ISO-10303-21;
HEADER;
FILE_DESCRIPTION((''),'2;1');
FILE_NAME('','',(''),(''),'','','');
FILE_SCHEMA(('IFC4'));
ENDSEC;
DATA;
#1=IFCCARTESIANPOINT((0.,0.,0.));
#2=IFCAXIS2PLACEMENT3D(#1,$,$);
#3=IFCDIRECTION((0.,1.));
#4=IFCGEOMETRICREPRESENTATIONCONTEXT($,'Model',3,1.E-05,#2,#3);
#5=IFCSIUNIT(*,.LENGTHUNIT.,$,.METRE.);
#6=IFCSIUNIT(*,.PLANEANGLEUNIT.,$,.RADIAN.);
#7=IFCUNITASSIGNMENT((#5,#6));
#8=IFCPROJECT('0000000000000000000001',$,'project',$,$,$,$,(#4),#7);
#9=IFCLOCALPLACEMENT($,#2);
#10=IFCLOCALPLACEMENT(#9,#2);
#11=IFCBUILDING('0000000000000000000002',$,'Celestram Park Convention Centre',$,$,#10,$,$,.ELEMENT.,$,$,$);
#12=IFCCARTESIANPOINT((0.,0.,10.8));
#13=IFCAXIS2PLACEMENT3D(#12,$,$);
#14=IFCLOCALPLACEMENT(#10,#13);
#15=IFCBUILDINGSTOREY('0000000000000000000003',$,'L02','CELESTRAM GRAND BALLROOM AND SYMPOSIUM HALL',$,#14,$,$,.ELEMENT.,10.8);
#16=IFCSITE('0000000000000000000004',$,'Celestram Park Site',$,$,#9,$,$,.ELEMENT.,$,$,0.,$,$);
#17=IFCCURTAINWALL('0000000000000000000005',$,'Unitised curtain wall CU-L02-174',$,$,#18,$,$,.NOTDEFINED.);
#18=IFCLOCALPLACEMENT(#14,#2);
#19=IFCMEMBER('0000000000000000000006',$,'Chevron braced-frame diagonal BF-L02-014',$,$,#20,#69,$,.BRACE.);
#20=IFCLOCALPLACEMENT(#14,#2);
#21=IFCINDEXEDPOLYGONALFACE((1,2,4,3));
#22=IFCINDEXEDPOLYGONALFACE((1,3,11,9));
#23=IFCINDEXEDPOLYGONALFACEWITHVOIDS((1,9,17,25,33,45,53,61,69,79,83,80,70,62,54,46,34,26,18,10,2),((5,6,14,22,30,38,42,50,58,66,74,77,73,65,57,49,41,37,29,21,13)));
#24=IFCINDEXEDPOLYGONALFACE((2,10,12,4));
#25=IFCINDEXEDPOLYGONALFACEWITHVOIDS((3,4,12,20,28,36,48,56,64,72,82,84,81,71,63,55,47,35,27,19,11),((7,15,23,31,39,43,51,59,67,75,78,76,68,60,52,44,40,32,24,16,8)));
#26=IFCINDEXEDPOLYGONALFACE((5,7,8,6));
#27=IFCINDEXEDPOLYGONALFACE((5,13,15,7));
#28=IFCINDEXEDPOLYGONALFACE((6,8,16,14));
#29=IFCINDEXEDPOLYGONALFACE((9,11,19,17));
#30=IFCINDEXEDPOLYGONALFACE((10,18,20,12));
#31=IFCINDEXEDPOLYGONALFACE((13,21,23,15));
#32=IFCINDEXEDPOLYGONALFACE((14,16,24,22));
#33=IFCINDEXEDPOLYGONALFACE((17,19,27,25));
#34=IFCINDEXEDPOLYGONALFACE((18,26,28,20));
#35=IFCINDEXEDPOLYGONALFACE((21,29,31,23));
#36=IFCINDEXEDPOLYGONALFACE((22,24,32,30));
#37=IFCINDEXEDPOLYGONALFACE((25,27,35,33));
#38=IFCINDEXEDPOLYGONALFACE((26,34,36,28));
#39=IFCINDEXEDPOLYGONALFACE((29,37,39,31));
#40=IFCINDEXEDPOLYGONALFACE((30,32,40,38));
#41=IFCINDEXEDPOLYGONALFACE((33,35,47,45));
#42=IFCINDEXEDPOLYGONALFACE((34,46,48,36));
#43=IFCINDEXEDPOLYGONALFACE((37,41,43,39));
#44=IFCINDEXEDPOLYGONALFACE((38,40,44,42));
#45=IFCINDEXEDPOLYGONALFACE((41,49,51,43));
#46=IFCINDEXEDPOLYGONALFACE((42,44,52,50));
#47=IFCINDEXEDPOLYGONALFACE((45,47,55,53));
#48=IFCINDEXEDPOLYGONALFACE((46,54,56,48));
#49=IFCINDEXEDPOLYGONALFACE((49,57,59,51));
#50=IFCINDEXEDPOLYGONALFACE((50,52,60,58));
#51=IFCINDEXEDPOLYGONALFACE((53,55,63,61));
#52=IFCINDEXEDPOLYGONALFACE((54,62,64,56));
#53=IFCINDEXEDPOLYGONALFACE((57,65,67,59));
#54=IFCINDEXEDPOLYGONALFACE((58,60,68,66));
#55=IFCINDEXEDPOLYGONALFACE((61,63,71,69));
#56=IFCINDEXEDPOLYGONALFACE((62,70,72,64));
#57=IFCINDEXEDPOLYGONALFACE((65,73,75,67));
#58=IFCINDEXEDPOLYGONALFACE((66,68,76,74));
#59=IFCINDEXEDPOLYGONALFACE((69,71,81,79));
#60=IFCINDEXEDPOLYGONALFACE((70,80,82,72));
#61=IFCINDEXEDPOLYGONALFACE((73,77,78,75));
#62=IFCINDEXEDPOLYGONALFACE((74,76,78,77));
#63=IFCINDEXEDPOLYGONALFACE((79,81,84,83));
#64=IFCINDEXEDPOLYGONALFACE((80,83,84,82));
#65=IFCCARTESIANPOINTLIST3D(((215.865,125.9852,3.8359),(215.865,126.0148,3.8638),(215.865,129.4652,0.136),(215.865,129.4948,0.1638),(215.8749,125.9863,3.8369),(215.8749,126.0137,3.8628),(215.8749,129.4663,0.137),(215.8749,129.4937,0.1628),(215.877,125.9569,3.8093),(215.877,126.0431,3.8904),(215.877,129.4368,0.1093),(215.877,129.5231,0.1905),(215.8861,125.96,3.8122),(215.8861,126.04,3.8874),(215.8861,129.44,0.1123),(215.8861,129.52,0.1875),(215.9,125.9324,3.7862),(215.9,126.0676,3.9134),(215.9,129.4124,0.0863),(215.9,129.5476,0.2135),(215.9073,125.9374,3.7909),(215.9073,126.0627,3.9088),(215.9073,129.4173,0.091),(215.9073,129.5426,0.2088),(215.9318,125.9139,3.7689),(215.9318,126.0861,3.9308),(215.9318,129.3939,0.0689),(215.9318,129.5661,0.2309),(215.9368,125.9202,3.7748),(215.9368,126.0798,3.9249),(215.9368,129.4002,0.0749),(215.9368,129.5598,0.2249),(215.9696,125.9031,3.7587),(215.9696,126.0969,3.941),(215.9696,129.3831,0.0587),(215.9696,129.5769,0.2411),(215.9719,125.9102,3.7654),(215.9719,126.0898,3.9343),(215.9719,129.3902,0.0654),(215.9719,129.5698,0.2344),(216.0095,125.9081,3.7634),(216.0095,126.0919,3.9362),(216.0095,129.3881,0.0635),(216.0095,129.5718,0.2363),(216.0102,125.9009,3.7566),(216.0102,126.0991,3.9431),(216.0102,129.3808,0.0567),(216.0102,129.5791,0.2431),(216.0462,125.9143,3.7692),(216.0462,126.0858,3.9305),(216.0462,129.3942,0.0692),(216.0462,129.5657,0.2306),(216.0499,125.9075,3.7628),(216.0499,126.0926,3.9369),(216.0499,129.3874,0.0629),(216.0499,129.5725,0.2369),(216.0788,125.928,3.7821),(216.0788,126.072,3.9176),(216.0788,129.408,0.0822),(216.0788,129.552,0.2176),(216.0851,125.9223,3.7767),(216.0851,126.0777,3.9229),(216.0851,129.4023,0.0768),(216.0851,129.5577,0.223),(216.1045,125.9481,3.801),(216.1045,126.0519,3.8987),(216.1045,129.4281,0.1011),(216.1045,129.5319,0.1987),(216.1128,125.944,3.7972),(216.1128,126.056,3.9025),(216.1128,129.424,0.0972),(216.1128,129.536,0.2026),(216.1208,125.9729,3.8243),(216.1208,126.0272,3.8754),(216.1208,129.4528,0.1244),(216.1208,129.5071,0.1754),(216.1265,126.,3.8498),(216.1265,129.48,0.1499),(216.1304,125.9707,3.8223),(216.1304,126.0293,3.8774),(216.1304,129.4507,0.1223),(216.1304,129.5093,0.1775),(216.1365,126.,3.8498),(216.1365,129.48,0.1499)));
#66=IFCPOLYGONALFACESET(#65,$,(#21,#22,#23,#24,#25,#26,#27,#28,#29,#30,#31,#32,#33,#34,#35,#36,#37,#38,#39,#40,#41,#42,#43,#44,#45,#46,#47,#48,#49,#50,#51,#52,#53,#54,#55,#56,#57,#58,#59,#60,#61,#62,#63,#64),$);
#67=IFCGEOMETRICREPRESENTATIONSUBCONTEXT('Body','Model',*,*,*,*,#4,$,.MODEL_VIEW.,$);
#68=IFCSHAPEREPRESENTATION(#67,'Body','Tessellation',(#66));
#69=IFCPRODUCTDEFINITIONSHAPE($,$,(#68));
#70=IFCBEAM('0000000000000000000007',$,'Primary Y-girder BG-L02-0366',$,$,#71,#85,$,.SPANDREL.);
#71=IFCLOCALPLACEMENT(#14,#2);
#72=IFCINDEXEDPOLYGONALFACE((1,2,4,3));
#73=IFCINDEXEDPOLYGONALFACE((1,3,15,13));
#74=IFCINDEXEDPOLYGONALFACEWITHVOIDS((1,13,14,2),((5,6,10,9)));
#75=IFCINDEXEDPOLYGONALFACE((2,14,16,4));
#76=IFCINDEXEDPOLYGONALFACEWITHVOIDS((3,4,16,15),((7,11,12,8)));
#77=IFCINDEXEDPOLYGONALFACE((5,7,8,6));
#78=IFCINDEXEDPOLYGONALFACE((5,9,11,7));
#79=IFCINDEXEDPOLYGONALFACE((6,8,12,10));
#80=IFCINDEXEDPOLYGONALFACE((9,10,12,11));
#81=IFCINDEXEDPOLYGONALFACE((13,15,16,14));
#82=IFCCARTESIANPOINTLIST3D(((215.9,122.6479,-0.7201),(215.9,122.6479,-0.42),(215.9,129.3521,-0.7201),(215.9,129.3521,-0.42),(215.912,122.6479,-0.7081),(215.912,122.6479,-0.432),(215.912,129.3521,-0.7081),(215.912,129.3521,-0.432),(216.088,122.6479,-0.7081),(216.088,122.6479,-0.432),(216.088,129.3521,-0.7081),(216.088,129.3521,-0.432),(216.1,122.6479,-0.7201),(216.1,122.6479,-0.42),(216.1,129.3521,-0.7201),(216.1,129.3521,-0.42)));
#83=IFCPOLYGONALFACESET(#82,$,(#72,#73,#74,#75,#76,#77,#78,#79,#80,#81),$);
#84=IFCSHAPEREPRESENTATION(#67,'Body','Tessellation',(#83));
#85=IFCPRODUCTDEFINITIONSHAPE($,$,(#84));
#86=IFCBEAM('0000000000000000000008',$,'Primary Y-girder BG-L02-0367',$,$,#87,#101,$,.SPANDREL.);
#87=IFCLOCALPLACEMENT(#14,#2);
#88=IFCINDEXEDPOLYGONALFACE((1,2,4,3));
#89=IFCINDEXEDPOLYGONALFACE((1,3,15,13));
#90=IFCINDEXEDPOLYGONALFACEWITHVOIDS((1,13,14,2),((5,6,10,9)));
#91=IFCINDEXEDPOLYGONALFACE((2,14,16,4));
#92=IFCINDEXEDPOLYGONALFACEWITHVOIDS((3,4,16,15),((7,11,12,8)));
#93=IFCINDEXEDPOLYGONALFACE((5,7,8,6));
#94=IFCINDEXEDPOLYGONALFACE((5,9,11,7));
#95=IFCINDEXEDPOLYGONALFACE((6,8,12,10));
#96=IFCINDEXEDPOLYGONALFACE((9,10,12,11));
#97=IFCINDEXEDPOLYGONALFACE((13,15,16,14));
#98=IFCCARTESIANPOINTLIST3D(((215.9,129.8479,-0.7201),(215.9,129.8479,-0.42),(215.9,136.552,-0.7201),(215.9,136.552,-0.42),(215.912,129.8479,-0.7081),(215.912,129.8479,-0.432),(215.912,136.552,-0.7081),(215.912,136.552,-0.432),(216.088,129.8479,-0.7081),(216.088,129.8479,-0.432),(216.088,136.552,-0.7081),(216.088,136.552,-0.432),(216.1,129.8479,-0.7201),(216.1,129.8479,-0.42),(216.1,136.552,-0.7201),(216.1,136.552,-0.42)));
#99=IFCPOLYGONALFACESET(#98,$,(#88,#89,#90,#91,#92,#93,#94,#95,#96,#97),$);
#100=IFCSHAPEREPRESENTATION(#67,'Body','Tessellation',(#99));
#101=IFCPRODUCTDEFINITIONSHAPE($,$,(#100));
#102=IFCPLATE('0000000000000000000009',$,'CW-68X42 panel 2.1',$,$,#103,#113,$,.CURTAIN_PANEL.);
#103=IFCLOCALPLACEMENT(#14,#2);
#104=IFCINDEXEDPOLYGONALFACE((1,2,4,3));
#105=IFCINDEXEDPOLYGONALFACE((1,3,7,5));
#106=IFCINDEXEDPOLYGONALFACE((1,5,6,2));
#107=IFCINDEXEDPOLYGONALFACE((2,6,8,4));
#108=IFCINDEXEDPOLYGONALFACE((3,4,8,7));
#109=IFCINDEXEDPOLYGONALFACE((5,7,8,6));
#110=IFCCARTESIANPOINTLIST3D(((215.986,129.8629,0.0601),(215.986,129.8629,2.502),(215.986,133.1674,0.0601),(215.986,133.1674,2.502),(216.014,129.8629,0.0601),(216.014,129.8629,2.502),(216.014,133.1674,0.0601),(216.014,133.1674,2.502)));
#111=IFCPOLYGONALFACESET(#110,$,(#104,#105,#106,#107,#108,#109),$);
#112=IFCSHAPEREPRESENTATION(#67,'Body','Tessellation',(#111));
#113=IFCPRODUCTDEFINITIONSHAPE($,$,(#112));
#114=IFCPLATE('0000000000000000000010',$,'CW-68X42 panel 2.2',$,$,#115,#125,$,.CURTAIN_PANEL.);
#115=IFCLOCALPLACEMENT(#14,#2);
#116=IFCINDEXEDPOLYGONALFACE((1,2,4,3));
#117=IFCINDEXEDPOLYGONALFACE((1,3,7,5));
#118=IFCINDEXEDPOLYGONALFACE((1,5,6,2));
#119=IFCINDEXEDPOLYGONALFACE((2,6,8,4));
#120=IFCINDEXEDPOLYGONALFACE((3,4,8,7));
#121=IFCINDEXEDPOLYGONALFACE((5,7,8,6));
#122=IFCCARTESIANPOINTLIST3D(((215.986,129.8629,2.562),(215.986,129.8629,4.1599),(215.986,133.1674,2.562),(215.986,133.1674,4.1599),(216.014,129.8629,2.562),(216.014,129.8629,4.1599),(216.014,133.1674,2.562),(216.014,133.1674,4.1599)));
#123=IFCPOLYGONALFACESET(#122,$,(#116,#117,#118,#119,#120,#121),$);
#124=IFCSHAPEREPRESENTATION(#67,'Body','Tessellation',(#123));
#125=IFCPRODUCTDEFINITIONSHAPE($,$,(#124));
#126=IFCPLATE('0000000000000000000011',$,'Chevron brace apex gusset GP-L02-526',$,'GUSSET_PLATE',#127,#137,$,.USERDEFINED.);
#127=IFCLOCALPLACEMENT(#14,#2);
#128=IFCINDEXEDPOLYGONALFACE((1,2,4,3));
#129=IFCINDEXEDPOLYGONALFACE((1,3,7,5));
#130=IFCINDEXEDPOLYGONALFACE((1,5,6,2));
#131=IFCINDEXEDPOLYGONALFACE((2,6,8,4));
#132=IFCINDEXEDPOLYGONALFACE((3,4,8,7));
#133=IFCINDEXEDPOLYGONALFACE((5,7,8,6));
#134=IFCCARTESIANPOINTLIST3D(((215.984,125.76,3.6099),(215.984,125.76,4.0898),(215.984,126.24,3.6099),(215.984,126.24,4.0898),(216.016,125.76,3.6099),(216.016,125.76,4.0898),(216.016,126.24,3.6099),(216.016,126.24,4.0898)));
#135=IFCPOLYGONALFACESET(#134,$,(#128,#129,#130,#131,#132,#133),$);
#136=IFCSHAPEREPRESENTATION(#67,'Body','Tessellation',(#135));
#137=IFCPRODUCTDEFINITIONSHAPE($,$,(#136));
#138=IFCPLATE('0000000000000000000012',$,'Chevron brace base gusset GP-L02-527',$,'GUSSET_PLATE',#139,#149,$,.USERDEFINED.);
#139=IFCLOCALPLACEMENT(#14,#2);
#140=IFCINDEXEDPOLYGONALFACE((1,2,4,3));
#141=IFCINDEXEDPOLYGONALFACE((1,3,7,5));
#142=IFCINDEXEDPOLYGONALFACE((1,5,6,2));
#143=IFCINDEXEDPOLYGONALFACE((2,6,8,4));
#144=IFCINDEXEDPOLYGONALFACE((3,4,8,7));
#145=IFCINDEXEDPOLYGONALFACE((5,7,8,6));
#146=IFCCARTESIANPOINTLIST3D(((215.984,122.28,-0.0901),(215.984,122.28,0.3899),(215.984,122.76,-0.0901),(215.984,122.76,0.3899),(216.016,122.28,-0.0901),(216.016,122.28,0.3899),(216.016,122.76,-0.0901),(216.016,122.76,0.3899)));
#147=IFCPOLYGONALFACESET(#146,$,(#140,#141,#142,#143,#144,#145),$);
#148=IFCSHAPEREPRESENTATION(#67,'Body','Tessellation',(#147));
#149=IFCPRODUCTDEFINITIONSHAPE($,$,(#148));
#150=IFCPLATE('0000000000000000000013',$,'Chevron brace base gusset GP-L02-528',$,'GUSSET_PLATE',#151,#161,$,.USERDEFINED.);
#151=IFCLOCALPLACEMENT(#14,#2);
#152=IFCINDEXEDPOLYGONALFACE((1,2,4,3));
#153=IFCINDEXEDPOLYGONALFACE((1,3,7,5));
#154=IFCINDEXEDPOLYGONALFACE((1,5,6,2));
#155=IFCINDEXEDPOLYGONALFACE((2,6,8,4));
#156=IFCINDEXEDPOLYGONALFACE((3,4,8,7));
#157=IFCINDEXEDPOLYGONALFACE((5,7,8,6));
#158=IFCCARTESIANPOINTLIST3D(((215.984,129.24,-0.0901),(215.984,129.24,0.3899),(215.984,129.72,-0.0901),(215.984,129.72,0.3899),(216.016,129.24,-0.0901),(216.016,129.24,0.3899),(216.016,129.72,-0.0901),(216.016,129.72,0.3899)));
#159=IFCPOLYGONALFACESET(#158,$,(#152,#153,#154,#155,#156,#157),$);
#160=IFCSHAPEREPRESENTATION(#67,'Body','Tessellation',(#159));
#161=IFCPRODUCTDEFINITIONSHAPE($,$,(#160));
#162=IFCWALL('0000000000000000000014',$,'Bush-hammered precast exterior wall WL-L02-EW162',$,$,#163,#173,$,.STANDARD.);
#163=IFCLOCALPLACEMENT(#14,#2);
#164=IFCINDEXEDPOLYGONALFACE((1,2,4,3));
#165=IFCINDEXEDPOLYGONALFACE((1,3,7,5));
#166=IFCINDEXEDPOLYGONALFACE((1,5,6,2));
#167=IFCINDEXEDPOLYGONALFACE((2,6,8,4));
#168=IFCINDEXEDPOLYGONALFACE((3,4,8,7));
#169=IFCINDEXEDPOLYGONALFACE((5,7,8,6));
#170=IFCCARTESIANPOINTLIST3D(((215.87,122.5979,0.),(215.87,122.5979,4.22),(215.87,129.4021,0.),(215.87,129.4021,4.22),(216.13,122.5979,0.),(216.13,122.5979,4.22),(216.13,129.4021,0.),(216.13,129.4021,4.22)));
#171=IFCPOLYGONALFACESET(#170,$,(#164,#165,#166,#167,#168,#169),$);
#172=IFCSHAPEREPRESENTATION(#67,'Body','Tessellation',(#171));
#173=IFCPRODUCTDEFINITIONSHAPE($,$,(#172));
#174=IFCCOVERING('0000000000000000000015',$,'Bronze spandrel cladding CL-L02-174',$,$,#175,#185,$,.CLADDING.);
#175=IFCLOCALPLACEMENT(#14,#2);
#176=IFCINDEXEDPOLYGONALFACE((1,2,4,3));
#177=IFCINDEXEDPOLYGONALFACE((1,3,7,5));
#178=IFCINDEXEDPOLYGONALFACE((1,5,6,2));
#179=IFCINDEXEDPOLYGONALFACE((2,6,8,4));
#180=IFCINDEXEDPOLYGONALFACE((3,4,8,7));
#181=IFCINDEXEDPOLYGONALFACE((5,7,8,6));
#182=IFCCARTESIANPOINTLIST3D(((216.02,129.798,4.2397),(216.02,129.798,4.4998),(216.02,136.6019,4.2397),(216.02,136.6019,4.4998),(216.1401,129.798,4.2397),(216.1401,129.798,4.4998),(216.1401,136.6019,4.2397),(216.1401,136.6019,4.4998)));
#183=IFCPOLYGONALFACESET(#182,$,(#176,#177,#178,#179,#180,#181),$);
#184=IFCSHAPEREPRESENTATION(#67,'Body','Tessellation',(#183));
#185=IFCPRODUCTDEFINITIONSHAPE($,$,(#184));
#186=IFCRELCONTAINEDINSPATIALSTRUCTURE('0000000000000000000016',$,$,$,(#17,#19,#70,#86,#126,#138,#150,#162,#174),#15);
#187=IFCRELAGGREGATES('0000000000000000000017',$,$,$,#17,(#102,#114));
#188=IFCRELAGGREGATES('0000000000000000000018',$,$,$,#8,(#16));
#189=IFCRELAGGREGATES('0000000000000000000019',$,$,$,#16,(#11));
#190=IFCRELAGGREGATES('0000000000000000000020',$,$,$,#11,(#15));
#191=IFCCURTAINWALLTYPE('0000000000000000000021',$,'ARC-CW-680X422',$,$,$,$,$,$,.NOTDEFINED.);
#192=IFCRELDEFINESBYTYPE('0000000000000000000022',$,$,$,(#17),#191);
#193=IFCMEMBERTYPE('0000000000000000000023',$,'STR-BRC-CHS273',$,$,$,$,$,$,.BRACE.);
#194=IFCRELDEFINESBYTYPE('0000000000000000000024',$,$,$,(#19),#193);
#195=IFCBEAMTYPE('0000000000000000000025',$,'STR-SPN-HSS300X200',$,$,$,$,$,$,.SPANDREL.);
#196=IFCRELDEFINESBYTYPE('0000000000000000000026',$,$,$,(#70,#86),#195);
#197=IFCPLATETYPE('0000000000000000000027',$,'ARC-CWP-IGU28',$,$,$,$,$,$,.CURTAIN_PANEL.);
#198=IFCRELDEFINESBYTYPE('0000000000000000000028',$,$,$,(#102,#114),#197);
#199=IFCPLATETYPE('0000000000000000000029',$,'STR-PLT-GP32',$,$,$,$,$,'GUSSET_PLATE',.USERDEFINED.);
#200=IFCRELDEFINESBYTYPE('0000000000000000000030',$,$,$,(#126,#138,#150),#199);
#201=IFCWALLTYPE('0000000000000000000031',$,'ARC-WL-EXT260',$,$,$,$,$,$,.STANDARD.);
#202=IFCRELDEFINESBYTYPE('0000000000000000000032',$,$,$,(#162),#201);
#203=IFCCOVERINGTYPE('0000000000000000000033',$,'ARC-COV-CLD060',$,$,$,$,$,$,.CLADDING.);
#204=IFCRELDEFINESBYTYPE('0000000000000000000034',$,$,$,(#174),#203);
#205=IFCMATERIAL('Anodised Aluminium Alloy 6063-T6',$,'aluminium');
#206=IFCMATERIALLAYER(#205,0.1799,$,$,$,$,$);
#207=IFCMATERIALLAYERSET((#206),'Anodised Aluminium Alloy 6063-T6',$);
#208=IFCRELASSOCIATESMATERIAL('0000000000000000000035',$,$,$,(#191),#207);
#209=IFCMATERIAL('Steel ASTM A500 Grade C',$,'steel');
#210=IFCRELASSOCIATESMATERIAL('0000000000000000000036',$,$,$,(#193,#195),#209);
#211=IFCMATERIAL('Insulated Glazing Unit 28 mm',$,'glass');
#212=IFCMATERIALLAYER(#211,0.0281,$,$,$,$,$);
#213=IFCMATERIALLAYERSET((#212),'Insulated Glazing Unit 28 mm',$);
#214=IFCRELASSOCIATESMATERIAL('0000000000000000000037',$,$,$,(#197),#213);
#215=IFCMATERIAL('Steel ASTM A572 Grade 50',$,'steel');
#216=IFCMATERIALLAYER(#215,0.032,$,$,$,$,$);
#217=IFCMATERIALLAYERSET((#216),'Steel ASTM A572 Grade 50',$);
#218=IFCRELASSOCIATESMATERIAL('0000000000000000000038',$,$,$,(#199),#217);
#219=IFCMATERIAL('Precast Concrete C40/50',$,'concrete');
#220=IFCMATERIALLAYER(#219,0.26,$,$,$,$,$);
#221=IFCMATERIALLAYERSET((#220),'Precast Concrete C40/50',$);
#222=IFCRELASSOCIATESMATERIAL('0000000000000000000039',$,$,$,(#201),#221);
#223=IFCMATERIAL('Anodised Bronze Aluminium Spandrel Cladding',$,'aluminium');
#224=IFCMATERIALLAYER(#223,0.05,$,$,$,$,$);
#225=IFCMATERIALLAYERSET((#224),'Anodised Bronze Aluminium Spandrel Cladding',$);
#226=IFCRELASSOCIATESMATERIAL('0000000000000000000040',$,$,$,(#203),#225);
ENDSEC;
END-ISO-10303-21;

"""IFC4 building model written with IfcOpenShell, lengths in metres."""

from ifc_helpers import new_model, si_unit, direction, frame, frame_2d, origin, origin_2d, place, context, subcontext, project, spatial, rectangle, hollow_rectangle, hollow_circle, extrude, material, layer, layer_set, material_profile, profile_set, type_object, element, aggregate, save


model = new_model("IFC4")

# Units and contexts
model_context = context("Model", 3, precision=1e-05, world=origin(), true_north=direction((0.0, 1.0)))
body_context = subcontext(model_context, "Body", "Model", "MODEL_VIEW")
ifc_project = project(units=[si_unit("LENGTHUNIT", "METRE"), si_unit("PLANEANGLEUNIT", "RADIAN")], contexts=[model_context])

# Site, building, storey
site_placement = place(None, origin())
site = spatial("IfcSite", under=ifc_project, at=site_placement, Name="Celestram Park Site", CompositionType="ELEMENT", RefElevation=0.0)
building_placement = place(site_placement, origin())
building = spatial("IfcBuilding", under=site, at=building_placement, Name="Celestram Park Convention Centre", CompositionType="ELEMENT")
storey_placement = place(building_placement, frame((0.0, 0.0, 10.8)))
storey = spatial("IfcBuildingStorey", under=building, at=storey_placement, Name="L02", Description="CELESTRAM GRAND BALLROOM AND SYMPOSIUM HALL", CompositionType="ELEMENT", Elevation=10.8)

# Shared definitions
ifc_material_1 = material(Name="Steel ASTM A500 Grade C", Category="steel")

# Curtain wall
ifc_material_2 = material(Name="Anodised Aluminium Alloy 6063-T6", Category="aluminium")
ifc_layer_1 = layer(ifc_material_2, 0.1799)
ifc_layer_set_1 = layer_set([ifc_layer_1], Name="Anodised Aluminium Alloy 6063-T6")
curtain_wall_type = type_object("IfcCurtainWallType", Name="ARC-CW-680X422", PredefinedType="NOTDEFINED", material=ifc_layer_set_1)
curtain_wall_placement = place(storey_placement, origin())
curtain_wall = element("IfcCurtainWall", 1, at=curtain_wall_placement, inside=storey, type_object=curtain_wall_type, Name="Unitised curtain wall CU-L02-174", PredefinedType="NOTDEFINED")

# Member
ifc_material_profile_1 = material_profile(ifc_material_1, hollow_circle(Radius=0.1365, WallThickness=0.01, at=origin_2d()), Name="CHS273X10")
ifc_profile_set_1 = profile_set([ifc_material_profile_1], Name="Steel ASTM A500 Grade C")
member_type_1 = type_object("IfcMemberType", Name="STR-BRC-CHS273", PredefinedType="BRACE", material=ifc_profile_set_1)
for number, where, z_axis, x_axis, name in (
    (2, (216.0, 129.48, 0.1499), (0.0, -0.685122, 0.728429), (1.0, 0.0, 0.0), "Chevron braced-frame diagonal BF-L02-014"),
):
    element("IfcMember", number, at=place(storey_placement, frame(where, z_axis=z_axis, x_axis=x_axis)), inside=storey, type_object=member_type_1, Name=name, PredefinedType="BRACE", context=body_context, shape_type="SweptSolid", body=[
        extrude(hollow_circle(Radius=0.1365, WallThickness=0.01, at=origin_2d()), origin(), (0.0, 0.0, 1.0), 5.0793),
    ])

# Beams
ifc_material_profile_2 = material_profile(ifc_material_1, hollow_rectangle(XDim=0.2, YDim=0.3, WallThickness=0.012, at=origin_2d()), Name="HSS300X200X12")
ifc_profile_set_2 = profile_set([ifc_material_profile_2], Name="Steel ASTM A500 Grade C")
beam_type = type_object("IfcBeamType", Name="STR-SPN-HSS300X200", PredefinedType="SPANDREL", material=ifc_profile_set_2)
for number, where, z_axis, x_axis, name in (
    (3, (216.0, 122.6479, -0.5701), (0.0, 1.0, 0.0), (-1.0, 0.0, 0.0), "Primary Y-girder BG-L02-0366"),
    (4, (216.0, 129.8479, -0.5701), (0.0, 1.0, 0.0), (-1.0, 0.0, 0.0), "Primary Y-girder BG-L02-0367"),
):
    element("IfcBeam", number, at=place(storey_placement, frame(where, z_axis=z_axis, x_axis=x_axis)), inside=storey, type_object=beam_type, Name=name, PredefinedType="SPANDREL", context=body_context, shape_type="SweptSolid", body=[
        extrude(hollow_rectangle(XDim=0.2, YDim=0.3, WallThickness=0.012, at=origin_2d()), origin(), (0.0, 0.0, 1.0), 6.7041),
    ])

# Plates
ifc_material_3 = material(Name="Insulated Glazing Unit 28 mm", Category="glass")
ifc_layer_2 = layer(ifc_material_3, 0.0281)
ifc_layer_set_2 = layer_set([ifc_layer_2], Name="Insulated Glazing Unit 28 mm")
plate_type_1 = type_object("IfcPlateType", Name="ARC-CWP-IGU28", PredefinedType="CURTAIN_PANEL", material=ifc_layer_set_2)
plate_1_placement = place(storey_placement, frame((216.0, 131.5151, 0.0601), z_axis=(0.0, 0.0, 1.0), x_axis=(0.0, -1.0, 0.0)))
plate_1 = element("IfcPlate", 5, at=plate_1_placement, type_object=plate_type_1, Name="CW-68X42 panel 2.1", PredefinedType="CURTAIN_PANEL", context=body_context, shape_type="SweptSolid", body=[
    extrude(rectangle(XDim=3.3044, YDim=0.0281, at=origin_2d()), origin(), (0.0, 0.0, 1.0), 2.4419),
])
plate_2_placement = place(storey_placement, frame((216.0, 131.5151, 2.562), z_axis=(0.0, 0.0, 1.0), x_axis=(0.0, -1.0, 0.0)))
plate_2 = element("IfcPlate", 6, at=plate_2_placement, type_object=plate_type_1, Name="CW-68X42 panel 2.2", PredefinedType="CURTAIN_PANEL", context=body_context, shape_type="SweptSolid", body=[
    extrude(rectangle(XDim=3.3044, YDim=0.0281, at=origin_2d()), origin(), (0.0, 0.0, 1.0), 1.5979),
])
aggregate(curtain_wall, [plate_1, plate_2])

# Plates
ifc_material_4 = material(Name="Steel ASTM A572 Grade 50", Category="steel")
ifc_layer_3 = layer(ifc_material_4, 0.032)
ifc_layer_set_3 = layer_set([ifc_layer_3], Name="Steel ASTM A572 Grade 50")
plate_type_2 = type_object("IfcPlateType", Name="STR-PLT-GP32", ElementType="GUSSET_PLATE", PredefinedType="USERDEFINED", material=ifc_layer_set_3)
for number, where, z_axis, x_axis, name in (
    (7, (216.0, 126.0, 3.6099), (0.0, 0.0, 1.0), (0.0, 1.0, 0.0), "Chevron brace apex gusset GP-L02-526"),
    (8, (216.0, 122.52, -0.0901), (0.0, 0.0, 1.0), (0.0, 1.0, 0.0), "Chevron brace base gusset GP-L02-527"),
    (9, (216.0, 129.48, -0.0901), (0.0, 0.0, 1.0), (0.0, 1.0, 0.0), "Chevron brace base gusset GP-L02-528"),
):
    element("IfcPlate", number, at=place(storey_placement, frame(where, z_axis=z_axis, x_axis=x_axis)), inside=storey, type_object=plate_type_2, Name=name, ObjectType="GUSSET_PLATE", PredefinedType="USERDEFINED", context=body_context, shape_type="SweptSolid", body=[
        extrude(rectangle(XDim=0.48, YDim=0.032, at=origin_2d()), origin(), (0.0, 0.0, 1.0), 0.48),
    ])

# Wall
ifc_material_5 = material(Name="Precast Concrete C40/50", Category="concrete")
ifc_layer_4 = layer(ifc_material_5, 0.26)
ifc_layer_set_4 = layer_set([ifc_layer_4], Name="Precast Concrete C40/50")
wall_type = type_object("IfcWallType", Name="ARC-WL-EXT260", PredefinedType="STANDARD", material=ifc_layer_set_4)
wall_placement = place(storey_placement, frame((216.0, 129.4021, 0.0), z_axis=(0.0, 0.0, 1.0), x_axis=(0.0, -1.0, 0.0)))
element("IfcWall", 10, at=wall_placement, inside=storey, type_object=wall_type, Name="Bush-hammered precast exterior wall WL-L02-EW162", PredefinedType="STANDARD", context=body_context, shape_type="SweptSolid", body=[
    extrude(rectangle(XDim=6.8042, YDim=0.26, at=frame_2d((3.4021, 0.0))), origin(), (0.0, 0.0, 1.0), 4.22),
])

# Covering
ifc_material_6 = material(Name="Anodised Bronze Aluminium Spandrel Cladding", Category="aluminium")
ifc_layer_5 = layer(ifc_material_6, 0.05)
ifc_layer_set_5 = layer_set([ifc_layer_5], Name="Anodised Bronze Aluminium Spandrel Cladding")
covering_type_1 = type_object("IfcCoveringType", Name="ARC-COV-CLD060", PredefinedType="CLADDING", material=ifc_layer_set_5)
covering_1_placement = place(storey_placement, frame((216.0801, 133.2, 4.2397), z_axis=(0.0, 0.0, 1.0), x_axis=(0.0, -1.0, 0.0)))
element("IfcCovering", 11, at=covering_1_placement, inside=storey, type_object=covering_type_1, Name="Bronze spandrel cladding CL-L02-174", PredefinedType="CLADDING", context=body_context, shape_type="SweptSolid", body=[
    extrude(rectangle(XDim=6.804, YDim=0.1201, at=origin_2d()), origin(), (0.0, 0.0, 1.0), 0.26),
])

save(model, "model.ifc")
